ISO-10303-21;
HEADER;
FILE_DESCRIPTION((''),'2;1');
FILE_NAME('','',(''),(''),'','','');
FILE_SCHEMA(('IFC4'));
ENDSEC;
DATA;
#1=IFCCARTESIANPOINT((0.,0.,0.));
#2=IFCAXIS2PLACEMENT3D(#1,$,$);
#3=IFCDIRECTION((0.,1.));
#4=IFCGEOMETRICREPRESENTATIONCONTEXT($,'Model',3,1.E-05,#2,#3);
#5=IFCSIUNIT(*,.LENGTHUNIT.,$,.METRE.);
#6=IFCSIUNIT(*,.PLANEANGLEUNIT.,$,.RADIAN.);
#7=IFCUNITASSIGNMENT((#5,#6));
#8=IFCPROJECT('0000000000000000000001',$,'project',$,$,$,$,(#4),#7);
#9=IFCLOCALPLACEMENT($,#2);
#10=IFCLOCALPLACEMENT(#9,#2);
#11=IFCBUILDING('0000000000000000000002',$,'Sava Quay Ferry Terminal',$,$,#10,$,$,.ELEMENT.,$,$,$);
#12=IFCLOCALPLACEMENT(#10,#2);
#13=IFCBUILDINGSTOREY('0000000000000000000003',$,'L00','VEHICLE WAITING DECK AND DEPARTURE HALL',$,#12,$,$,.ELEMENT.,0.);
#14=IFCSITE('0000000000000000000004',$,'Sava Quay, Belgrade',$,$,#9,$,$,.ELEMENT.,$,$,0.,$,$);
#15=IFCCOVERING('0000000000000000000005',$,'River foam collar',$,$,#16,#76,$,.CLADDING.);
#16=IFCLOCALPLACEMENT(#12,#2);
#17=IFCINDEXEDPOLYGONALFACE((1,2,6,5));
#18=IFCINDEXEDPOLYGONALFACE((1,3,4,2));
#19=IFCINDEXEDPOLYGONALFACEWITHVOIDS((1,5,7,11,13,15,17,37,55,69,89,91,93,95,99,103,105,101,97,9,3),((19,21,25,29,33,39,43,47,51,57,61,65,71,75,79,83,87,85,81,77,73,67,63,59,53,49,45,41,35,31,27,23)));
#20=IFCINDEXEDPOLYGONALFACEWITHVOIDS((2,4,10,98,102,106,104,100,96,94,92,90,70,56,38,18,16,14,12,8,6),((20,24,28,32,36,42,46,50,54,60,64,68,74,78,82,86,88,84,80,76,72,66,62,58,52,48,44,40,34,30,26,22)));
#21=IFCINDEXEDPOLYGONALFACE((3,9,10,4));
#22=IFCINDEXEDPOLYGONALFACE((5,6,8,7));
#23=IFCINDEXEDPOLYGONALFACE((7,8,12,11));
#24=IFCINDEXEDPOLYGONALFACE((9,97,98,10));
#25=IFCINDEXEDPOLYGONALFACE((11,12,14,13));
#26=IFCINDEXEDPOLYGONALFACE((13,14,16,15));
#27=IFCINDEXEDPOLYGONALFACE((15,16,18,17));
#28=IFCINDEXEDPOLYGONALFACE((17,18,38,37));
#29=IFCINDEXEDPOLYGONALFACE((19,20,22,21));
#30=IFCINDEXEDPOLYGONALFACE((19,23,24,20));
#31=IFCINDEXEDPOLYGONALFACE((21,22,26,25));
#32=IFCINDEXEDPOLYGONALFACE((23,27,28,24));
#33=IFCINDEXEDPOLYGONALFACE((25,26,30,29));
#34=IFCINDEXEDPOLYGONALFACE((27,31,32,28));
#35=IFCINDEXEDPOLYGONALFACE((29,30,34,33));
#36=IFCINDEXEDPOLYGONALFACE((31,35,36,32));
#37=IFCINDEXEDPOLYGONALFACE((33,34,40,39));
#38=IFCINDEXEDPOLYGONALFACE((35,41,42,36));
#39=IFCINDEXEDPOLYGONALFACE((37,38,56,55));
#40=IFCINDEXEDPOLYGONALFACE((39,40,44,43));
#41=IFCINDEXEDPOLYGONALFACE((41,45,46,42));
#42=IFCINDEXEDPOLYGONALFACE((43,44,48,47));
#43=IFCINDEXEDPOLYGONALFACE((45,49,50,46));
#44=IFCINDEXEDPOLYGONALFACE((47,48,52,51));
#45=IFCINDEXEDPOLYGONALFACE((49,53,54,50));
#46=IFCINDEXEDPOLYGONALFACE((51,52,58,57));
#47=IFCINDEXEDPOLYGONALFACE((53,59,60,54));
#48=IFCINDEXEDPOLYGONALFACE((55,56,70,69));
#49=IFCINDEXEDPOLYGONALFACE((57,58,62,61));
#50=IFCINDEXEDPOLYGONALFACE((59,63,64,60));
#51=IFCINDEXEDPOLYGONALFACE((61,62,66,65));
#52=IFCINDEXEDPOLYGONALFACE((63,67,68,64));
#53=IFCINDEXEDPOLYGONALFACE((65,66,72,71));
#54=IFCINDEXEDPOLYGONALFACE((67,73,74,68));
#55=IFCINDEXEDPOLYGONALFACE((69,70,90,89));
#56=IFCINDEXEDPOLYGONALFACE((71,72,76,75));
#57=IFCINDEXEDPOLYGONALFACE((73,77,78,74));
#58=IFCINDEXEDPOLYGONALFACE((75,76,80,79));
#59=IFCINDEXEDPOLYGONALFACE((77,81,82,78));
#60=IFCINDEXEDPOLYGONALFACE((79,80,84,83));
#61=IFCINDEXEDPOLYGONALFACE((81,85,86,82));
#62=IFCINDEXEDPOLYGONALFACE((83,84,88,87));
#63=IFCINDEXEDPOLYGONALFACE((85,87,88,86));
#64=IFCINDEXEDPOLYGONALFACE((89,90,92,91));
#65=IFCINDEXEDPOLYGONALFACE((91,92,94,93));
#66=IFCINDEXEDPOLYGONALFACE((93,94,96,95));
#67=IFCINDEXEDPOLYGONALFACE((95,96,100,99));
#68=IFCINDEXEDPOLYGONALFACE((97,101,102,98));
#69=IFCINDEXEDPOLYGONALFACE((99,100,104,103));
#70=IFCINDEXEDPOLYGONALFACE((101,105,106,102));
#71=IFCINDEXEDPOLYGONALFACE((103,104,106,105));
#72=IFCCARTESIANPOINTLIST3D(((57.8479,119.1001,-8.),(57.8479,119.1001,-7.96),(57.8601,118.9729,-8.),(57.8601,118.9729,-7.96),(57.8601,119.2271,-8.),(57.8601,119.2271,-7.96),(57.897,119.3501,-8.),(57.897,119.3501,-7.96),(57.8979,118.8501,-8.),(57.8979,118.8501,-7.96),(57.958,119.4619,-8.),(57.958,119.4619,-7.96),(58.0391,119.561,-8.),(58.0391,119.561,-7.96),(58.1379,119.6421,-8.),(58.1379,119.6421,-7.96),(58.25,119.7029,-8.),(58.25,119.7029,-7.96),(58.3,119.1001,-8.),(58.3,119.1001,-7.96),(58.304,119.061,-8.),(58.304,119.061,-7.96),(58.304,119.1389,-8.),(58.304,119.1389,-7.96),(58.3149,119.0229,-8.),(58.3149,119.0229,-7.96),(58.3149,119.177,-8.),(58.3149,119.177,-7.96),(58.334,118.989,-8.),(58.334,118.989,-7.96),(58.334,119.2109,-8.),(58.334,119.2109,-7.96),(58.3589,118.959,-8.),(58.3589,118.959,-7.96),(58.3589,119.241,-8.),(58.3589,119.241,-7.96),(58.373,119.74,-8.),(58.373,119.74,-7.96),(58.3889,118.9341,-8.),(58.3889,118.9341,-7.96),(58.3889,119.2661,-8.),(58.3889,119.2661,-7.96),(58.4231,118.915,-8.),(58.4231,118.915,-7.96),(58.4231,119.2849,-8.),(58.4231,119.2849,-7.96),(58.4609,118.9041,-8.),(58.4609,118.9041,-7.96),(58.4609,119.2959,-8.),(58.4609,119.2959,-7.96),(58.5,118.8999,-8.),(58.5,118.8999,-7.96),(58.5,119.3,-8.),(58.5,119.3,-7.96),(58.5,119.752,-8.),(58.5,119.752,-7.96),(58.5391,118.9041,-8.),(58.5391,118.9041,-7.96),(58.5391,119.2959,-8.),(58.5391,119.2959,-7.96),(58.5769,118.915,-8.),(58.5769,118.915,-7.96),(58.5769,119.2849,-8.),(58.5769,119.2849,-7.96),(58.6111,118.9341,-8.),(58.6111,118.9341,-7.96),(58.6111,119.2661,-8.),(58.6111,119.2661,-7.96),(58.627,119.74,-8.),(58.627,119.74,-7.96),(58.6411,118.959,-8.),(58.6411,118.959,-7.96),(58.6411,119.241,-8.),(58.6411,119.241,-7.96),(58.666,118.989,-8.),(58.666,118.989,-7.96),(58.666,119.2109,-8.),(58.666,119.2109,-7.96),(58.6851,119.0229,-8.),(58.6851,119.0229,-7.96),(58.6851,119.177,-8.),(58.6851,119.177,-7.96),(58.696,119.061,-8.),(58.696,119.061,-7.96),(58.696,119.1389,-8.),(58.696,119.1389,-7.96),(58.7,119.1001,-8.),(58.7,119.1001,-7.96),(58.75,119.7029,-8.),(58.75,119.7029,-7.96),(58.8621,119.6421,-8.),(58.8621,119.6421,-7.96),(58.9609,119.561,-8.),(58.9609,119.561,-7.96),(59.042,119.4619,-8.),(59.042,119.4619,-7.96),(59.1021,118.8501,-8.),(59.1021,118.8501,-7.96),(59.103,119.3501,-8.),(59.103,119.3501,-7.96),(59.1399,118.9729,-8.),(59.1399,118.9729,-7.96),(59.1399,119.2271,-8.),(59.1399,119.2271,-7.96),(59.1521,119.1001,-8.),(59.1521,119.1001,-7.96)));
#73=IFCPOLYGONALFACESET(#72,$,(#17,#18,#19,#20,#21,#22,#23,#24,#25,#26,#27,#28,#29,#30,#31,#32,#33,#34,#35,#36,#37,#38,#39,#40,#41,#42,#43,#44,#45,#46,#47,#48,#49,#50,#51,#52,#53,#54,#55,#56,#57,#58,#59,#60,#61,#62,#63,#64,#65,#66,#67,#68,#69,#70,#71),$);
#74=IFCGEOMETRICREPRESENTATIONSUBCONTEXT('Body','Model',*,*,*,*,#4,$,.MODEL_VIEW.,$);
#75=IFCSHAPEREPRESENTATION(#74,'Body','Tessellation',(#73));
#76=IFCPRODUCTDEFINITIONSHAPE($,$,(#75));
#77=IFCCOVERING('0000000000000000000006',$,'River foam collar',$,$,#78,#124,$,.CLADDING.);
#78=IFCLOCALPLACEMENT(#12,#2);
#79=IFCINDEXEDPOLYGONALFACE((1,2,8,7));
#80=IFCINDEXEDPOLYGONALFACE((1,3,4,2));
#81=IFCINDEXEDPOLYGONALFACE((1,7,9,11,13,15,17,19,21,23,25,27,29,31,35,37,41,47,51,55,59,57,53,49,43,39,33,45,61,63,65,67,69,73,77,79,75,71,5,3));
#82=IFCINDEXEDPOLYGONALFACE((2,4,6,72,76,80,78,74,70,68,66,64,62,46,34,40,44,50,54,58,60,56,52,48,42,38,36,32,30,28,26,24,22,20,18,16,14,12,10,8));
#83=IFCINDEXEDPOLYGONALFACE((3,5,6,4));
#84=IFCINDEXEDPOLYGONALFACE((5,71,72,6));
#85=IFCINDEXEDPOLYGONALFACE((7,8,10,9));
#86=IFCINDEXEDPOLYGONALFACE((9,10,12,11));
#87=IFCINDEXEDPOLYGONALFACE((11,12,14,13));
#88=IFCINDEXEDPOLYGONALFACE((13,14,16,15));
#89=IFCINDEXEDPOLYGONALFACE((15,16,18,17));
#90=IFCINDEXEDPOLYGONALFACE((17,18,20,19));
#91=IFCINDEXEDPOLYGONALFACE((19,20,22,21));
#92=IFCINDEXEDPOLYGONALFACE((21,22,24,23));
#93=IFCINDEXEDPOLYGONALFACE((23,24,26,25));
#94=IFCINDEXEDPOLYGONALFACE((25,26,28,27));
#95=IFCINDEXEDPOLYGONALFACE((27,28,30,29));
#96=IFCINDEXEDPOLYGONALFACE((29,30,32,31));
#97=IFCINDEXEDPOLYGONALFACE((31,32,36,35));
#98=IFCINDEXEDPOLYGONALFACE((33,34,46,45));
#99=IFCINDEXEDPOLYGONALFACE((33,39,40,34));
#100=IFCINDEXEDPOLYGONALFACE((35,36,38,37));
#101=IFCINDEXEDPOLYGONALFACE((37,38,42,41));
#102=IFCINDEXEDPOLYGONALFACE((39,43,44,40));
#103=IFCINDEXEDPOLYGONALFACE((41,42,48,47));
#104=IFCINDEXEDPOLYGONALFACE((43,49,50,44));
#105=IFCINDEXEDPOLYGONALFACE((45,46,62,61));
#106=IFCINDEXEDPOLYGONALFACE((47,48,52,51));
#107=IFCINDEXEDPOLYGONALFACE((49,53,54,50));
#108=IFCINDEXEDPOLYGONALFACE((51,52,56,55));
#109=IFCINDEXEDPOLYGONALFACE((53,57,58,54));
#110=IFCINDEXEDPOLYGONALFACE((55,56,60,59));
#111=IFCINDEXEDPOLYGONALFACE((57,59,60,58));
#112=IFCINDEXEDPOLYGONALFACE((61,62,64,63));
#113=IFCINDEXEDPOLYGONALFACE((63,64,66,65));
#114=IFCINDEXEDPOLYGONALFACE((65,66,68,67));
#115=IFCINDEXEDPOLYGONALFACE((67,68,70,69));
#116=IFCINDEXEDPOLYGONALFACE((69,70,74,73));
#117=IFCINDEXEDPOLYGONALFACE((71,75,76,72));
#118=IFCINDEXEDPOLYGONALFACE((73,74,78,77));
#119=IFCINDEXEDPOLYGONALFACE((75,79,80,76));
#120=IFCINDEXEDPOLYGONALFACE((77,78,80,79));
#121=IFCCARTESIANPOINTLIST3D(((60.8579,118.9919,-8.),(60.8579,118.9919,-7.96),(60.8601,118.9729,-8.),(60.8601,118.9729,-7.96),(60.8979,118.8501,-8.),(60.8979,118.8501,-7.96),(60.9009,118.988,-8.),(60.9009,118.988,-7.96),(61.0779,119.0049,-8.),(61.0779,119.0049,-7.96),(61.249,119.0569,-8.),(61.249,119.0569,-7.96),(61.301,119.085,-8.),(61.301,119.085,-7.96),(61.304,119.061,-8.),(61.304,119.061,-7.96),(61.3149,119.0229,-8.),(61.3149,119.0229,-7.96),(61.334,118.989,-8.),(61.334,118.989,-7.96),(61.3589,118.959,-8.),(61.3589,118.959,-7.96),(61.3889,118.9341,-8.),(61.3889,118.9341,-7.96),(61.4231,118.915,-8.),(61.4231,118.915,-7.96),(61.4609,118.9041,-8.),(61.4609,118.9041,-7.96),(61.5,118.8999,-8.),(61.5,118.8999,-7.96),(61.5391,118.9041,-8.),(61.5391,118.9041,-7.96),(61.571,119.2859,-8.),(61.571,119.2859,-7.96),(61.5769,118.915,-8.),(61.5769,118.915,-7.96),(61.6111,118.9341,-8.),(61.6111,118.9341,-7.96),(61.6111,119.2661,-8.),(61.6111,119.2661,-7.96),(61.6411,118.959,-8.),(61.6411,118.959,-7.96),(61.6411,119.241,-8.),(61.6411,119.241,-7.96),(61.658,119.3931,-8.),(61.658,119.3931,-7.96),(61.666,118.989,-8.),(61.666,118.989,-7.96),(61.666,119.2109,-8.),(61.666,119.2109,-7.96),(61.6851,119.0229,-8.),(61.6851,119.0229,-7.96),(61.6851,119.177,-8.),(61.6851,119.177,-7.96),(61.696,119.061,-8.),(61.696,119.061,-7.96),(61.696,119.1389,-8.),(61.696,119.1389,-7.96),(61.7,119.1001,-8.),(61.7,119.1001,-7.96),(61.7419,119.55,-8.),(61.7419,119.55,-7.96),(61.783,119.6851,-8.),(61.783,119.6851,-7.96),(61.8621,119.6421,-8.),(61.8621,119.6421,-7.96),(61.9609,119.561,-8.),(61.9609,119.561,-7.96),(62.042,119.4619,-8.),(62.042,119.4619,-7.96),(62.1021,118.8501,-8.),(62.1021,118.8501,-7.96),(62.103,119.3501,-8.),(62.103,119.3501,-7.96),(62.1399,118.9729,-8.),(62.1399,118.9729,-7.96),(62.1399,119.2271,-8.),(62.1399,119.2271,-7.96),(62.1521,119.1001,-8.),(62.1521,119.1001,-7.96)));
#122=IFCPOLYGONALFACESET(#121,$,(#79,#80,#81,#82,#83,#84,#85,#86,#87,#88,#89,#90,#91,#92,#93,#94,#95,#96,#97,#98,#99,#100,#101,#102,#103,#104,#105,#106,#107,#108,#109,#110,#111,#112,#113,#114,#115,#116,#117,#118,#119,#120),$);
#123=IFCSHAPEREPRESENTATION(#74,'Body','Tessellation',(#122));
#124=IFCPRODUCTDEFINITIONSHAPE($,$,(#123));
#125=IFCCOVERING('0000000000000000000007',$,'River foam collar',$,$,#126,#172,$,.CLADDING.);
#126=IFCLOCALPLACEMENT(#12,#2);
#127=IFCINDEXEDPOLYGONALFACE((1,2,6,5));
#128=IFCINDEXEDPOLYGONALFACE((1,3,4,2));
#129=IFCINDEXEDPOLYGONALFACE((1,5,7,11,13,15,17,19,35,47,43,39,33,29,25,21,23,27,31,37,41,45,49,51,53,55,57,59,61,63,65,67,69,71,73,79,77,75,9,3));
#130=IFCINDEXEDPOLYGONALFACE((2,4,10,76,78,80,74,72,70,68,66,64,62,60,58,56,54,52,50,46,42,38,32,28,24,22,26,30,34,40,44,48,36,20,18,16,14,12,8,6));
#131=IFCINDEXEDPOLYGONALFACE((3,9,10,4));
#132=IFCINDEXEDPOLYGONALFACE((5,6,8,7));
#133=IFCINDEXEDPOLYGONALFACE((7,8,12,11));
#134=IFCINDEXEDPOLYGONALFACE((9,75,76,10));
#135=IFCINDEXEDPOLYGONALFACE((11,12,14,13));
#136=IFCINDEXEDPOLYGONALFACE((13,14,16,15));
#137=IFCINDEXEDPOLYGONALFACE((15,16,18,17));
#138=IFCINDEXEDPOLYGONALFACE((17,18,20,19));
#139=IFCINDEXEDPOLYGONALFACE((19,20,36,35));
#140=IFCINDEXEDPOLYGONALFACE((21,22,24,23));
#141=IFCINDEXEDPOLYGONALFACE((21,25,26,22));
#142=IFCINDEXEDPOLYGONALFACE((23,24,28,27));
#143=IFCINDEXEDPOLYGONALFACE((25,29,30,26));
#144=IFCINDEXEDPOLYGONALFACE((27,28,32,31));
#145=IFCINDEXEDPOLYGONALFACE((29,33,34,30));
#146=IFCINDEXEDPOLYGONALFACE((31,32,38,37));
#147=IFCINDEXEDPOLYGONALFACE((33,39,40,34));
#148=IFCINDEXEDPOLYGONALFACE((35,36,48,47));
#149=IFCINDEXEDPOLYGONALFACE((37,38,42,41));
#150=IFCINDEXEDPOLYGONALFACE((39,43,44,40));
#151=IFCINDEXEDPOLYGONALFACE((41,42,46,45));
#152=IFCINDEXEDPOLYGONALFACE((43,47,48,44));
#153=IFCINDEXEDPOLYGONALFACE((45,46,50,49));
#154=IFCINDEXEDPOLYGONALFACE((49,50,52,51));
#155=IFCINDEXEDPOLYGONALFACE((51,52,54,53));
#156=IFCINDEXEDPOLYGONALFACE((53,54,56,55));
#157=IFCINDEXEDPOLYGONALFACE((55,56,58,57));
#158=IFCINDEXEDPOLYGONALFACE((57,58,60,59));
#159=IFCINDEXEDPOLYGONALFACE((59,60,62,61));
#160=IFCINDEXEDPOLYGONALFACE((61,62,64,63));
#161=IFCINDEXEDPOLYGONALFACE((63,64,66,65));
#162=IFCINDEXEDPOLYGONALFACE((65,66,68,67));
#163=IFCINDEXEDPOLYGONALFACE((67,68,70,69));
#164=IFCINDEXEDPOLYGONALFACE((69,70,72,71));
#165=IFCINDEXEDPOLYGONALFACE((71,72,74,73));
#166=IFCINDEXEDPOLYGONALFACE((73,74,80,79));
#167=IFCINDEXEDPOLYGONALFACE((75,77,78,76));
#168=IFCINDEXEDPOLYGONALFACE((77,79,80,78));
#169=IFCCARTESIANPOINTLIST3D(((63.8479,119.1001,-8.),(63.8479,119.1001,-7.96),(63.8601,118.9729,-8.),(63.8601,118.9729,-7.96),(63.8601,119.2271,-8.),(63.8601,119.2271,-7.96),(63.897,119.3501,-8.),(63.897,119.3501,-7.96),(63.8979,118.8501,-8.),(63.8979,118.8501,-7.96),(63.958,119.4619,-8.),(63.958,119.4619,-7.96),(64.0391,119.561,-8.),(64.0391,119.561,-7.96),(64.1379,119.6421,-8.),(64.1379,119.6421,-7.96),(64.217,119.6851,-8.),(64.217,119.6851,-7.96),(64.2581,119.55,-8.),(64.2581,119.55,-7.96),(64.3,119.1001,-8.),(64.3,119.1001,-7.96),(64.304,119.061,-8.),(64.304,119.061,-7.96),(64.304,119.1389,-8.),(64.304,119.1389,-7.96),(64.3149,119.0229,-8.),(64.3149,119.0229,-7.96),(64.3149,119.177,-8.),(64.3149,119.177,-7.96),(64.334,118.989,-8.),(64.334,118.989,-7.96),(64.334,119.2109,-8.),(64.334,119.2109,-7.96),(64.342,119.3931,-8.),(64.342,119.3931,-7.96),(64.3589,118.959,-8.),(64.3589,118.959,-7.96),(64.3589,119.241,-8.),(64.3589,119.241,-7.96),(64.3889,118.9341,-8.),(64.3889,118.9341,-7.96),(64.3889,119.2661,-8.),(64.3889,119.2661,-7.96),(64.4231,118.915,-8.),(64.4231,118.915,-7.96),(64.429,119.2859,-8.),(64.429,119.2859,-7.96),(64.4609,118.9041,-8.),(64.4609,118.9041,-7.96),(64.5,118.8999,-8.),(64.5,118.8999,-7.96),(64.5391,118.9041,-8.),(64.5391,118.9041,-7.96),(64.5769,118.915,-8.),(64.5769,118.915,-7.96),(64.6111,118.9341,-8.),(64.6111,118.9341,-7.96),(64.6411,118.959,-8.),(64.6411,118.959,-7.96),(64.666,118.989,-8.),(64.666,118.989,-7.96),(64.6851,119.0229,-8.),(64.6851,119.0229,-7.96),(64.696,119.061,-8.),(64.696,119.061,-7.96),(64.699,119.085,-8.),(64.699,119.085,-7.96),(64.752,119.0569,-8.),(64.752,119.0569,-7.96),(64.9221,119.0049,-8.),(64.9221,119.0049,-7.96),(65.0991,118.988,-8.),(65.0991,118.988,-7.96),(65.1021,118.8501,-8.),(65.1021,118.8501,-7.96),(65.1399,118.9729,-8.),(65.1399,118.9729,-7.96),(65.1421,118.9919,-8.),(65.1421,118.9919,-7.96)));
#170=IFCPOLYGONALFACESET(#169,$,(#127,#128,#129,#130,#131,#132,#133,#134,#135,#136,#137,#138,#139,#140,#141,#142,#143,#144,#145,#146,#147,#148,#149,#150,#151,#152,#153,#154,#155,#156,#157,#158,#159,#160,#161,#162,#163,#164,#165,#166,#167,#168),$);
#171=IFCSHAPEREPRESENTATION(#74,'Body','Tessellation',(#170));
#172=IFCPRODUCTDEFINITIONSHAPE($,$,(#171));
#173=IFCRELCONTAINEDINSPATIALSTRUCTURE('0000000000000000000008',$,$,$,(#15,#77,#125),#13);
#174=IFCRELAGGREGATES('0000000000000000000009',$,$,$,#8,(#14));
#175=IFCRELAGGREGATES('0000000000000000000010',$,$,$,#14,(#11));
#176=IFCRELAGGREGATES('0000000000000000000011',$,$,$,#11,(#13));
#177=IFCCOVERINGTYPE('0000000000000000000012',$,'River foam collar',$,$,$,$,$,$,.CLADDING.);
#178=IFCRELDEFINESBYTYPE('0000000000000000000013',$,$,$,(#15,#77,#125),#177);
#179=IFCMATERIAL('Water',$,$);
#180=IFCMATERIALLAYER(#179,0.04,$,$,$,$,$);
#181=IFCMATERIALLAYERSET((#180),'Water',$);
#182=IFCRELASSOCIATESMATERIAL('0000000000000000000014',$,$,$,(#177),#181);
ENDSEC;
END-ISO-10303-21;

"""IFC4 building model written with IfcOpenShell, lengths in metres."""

from ifc_helpers import new_model, si_unit, direction, frame, origin, place, context, subcontext, project, spatial, polyline, outline, extrude, material, layer, layer_set, type_object, element, save


model = new_model("IFC4")

# Units and contexts
model_context = context("Model", 3, precision=1e-05, world=origin(), true_north=direction((0.0, 1.0)))
body_context = subcontext(model_context, "Body", "Model", "MODEL_VIEW")
ifc_project = project(units=[si_unit("LENGTHUNIT", "METRE"), si_unit("PLANEANGLEUNIT", "RADIAN")], contexts=[model_context])

# Site, building, storey
site_placement = place(None, origin())
site = spatial("IfcSite", under=ifc_project, at=site_placement, Name="Sava Quay, Belgrade", CompositionType="ELEMENT", RefElevation=0.0)
building_placement = place(site_placement, origin())
building = spatial("IfcBuilding", under=site, at=building_placement, Name="Sava Quay Ferry Terminal", CompositionType="ELEMENT")
storey_placement = place(building_placement, origin())
storey = spatial("IfcBuildingStorey", under=building, at=storey_placement, Name="L00", Description="VEHICLE WAITING DECK AND DEPARTURE HALL", CompositionType="ELEMENT", Elevation=0.0)

# Coverings
ifc_material = material(Name="Water")
ifc_layer = layer(ifc_material, 0.04)
ifc_layer_set = layer_set([ifc_layer], Name="Water")
covering_type = type_object("IfcCoveringType", Name="River foam collar", PredefinedType="CLADDING", material=ifc_layer_set)
covering_1_placement = place(storey_placement, frame((0.0, 0.0, -8.0)))
element("IfcCovering", 1, at=covering_1_placement, inside=storey, type_object=covering_type, Name="River foam collar", PredefinedType="CLADDING", context=body_context, shape_type="SweptSolid", body=[
    extrude(outline(polyline([(59.042, 119.4619), (58.9609, 119.561), (58.8621, 119.6421), (58.75, 119.7029), (58.627, 119.74), (58.5, 119.752), (58.373, 119.74), (58.25, 119.7029), (58.1379, 119.6421), (58.0391, 119.561), (57.958, 119.4619), (57.897, 119.3501), (57.8601, 119.2271), (57.8479, 119.1001), (57.8601, 118.9729), (57.8979, 118.8501), (59.1021, 118.8501), (59.1399, 118.9729), (59.1521, 119.1001), (59.1399, 119.2271), (59.103, 119.3501), (59.042, 119.4619)]), holes=[polyline([(58.3, 119.1001), (58.304, 119.1389), (58.3149, 119.177), (58.334, 119.2109), (58.3589, 119.241), (58.3889, 119.2661), (58.4231, 119.2849), (58.4609, 119.2959), (58.5, 119.3), (58.5391, 119.2959), (58.5769, 119.2849), (58.6111, 119.2661), (58.6411, 119.241), (58.666, 119.2109), (58.6851, 119.177), (58.696, 119.1389), (58.7, 119.1001), (58.696, 119.061), (58.6851, 119.0229), (58.666, 118.989), (58.6411, 118.959), (58.6111, 118.9341), (58.5769, 118.915), (58.5391, 118.9041), (58.5, 118.8999), (58.4609, 118.9041), (58.4231, 118.915), (58.3889, 118.9341), (58.3589, 118.959), (58.334, 118.989), (58.3149, 119.0229), (58.304, 119.061), (58.3, 119.1001)])]), origin(), (0.0, 0.0, 1.0), 0.04),
])
covering_2_placement = place(storey_placement, frame((0.0, 0.0, -8.0)))
element("IfcCovering", 2, at=covering_2_placement, inside=storey, type_object=covering_type, Name="River foam collar", PredefinedType="CLADDING", context=body_context, shape_type="SweptSolid", body=[
    extrude(outline(polyline([(61.249, 119.0569), (61.0779, 119.0049), (60.9009, 118.988), (60.8579, 118.9919), (60.8601, 118.9729), (60.8979, 118.8501), (62.1021, 118.8501), (62.1399, 118.9729), (62.1521, 119.1001), (62.1399, 119.2271), (62.103, 119.3501), (62.042, 119.4619), (61.9609, 119.561), (61.8621, 119.6421), (61.783, 119.6851), (61.7419, 119.55), (61.658, 119.3931), (61.571, 119.2859), (61.6111, 119.2661), (61.6411, 119.241), (61.666, 119.2109), (61.6851, 119.177), (61.696, 119.1389), (61.7, 119.1001), (61.696, 119.061), (61.6851, 119.0229), (61.666, 118.989), (61.6411, 118.959), (61.6111, 118.9341), (61.5769, 118.915), (61.5391, 118.9041), (61.5, 118.8999), (61.4609, 118.9041), (61.4231, 118.915), (61.3889, 118.9341), (61.3589, 118.959), (61.334, 118.989), (61.3149, 119.0229), (61.304, 119.061), (61.301, 119.085), (61.249, 119.0569)])), origin(), (0.0, 0.0, 1.0), 0.04),
])
covering_3_placement = place(storey_placement, frame((0.0, 0.0, -8.0)))
element("IfcCovering", 3, at=covering_3_placement, inside=storey, type_object=covering_type, Name="River foam collar", PredefinedType="CLADDING", context=body_context, shape_type="SweptSolid", body=[
    extrude(outline(polyline([(64.429, 119.2859), (64.342, 119.3931), (64.2581, 119.55), (64.217, 119.6851), (64.1379, 119.6421), (64.0391, 119.561), (63.958, 119.4619), (63.897, 119.3501), (63.8601, 119.2271), (63.8479, 119.1001), (63.8601, 118.9729), (63.8979, 118.8501), (65.1021, 118.8501), (65.1399, 118.9729), (65.1421, 118.9919), (65.0991, 118.988), (64.9221, 119.0049), (64.752, 119.0569), (64.699, 119.085), (64.696, 119.061), (64.6851, 119.0229), (64.666, 118.989), (64.6411, 118.959), (64.6111, 118.9341), (64.5769, 118.915), (64.5391, 118.9041), (64.5, 118.8999), (64.4609, 118.9041), (64.4231, 118.915), (64.3889, 118.9341), (64.3589, 118.959), (64.334, 118.989), (64.3149, 119.0229), (64.304, 119.061), (64.3, 119.1001), (64.304, 119.1389), (64.3149, 119.177), (64.334, 119.2109), (64.3589, 119.241), (64.3889, 119.2661), (64.429, 119.2859)])), origin(), (0.0, 0.0, 1.0), 0.04),
])

save(model, "model.ifc")
